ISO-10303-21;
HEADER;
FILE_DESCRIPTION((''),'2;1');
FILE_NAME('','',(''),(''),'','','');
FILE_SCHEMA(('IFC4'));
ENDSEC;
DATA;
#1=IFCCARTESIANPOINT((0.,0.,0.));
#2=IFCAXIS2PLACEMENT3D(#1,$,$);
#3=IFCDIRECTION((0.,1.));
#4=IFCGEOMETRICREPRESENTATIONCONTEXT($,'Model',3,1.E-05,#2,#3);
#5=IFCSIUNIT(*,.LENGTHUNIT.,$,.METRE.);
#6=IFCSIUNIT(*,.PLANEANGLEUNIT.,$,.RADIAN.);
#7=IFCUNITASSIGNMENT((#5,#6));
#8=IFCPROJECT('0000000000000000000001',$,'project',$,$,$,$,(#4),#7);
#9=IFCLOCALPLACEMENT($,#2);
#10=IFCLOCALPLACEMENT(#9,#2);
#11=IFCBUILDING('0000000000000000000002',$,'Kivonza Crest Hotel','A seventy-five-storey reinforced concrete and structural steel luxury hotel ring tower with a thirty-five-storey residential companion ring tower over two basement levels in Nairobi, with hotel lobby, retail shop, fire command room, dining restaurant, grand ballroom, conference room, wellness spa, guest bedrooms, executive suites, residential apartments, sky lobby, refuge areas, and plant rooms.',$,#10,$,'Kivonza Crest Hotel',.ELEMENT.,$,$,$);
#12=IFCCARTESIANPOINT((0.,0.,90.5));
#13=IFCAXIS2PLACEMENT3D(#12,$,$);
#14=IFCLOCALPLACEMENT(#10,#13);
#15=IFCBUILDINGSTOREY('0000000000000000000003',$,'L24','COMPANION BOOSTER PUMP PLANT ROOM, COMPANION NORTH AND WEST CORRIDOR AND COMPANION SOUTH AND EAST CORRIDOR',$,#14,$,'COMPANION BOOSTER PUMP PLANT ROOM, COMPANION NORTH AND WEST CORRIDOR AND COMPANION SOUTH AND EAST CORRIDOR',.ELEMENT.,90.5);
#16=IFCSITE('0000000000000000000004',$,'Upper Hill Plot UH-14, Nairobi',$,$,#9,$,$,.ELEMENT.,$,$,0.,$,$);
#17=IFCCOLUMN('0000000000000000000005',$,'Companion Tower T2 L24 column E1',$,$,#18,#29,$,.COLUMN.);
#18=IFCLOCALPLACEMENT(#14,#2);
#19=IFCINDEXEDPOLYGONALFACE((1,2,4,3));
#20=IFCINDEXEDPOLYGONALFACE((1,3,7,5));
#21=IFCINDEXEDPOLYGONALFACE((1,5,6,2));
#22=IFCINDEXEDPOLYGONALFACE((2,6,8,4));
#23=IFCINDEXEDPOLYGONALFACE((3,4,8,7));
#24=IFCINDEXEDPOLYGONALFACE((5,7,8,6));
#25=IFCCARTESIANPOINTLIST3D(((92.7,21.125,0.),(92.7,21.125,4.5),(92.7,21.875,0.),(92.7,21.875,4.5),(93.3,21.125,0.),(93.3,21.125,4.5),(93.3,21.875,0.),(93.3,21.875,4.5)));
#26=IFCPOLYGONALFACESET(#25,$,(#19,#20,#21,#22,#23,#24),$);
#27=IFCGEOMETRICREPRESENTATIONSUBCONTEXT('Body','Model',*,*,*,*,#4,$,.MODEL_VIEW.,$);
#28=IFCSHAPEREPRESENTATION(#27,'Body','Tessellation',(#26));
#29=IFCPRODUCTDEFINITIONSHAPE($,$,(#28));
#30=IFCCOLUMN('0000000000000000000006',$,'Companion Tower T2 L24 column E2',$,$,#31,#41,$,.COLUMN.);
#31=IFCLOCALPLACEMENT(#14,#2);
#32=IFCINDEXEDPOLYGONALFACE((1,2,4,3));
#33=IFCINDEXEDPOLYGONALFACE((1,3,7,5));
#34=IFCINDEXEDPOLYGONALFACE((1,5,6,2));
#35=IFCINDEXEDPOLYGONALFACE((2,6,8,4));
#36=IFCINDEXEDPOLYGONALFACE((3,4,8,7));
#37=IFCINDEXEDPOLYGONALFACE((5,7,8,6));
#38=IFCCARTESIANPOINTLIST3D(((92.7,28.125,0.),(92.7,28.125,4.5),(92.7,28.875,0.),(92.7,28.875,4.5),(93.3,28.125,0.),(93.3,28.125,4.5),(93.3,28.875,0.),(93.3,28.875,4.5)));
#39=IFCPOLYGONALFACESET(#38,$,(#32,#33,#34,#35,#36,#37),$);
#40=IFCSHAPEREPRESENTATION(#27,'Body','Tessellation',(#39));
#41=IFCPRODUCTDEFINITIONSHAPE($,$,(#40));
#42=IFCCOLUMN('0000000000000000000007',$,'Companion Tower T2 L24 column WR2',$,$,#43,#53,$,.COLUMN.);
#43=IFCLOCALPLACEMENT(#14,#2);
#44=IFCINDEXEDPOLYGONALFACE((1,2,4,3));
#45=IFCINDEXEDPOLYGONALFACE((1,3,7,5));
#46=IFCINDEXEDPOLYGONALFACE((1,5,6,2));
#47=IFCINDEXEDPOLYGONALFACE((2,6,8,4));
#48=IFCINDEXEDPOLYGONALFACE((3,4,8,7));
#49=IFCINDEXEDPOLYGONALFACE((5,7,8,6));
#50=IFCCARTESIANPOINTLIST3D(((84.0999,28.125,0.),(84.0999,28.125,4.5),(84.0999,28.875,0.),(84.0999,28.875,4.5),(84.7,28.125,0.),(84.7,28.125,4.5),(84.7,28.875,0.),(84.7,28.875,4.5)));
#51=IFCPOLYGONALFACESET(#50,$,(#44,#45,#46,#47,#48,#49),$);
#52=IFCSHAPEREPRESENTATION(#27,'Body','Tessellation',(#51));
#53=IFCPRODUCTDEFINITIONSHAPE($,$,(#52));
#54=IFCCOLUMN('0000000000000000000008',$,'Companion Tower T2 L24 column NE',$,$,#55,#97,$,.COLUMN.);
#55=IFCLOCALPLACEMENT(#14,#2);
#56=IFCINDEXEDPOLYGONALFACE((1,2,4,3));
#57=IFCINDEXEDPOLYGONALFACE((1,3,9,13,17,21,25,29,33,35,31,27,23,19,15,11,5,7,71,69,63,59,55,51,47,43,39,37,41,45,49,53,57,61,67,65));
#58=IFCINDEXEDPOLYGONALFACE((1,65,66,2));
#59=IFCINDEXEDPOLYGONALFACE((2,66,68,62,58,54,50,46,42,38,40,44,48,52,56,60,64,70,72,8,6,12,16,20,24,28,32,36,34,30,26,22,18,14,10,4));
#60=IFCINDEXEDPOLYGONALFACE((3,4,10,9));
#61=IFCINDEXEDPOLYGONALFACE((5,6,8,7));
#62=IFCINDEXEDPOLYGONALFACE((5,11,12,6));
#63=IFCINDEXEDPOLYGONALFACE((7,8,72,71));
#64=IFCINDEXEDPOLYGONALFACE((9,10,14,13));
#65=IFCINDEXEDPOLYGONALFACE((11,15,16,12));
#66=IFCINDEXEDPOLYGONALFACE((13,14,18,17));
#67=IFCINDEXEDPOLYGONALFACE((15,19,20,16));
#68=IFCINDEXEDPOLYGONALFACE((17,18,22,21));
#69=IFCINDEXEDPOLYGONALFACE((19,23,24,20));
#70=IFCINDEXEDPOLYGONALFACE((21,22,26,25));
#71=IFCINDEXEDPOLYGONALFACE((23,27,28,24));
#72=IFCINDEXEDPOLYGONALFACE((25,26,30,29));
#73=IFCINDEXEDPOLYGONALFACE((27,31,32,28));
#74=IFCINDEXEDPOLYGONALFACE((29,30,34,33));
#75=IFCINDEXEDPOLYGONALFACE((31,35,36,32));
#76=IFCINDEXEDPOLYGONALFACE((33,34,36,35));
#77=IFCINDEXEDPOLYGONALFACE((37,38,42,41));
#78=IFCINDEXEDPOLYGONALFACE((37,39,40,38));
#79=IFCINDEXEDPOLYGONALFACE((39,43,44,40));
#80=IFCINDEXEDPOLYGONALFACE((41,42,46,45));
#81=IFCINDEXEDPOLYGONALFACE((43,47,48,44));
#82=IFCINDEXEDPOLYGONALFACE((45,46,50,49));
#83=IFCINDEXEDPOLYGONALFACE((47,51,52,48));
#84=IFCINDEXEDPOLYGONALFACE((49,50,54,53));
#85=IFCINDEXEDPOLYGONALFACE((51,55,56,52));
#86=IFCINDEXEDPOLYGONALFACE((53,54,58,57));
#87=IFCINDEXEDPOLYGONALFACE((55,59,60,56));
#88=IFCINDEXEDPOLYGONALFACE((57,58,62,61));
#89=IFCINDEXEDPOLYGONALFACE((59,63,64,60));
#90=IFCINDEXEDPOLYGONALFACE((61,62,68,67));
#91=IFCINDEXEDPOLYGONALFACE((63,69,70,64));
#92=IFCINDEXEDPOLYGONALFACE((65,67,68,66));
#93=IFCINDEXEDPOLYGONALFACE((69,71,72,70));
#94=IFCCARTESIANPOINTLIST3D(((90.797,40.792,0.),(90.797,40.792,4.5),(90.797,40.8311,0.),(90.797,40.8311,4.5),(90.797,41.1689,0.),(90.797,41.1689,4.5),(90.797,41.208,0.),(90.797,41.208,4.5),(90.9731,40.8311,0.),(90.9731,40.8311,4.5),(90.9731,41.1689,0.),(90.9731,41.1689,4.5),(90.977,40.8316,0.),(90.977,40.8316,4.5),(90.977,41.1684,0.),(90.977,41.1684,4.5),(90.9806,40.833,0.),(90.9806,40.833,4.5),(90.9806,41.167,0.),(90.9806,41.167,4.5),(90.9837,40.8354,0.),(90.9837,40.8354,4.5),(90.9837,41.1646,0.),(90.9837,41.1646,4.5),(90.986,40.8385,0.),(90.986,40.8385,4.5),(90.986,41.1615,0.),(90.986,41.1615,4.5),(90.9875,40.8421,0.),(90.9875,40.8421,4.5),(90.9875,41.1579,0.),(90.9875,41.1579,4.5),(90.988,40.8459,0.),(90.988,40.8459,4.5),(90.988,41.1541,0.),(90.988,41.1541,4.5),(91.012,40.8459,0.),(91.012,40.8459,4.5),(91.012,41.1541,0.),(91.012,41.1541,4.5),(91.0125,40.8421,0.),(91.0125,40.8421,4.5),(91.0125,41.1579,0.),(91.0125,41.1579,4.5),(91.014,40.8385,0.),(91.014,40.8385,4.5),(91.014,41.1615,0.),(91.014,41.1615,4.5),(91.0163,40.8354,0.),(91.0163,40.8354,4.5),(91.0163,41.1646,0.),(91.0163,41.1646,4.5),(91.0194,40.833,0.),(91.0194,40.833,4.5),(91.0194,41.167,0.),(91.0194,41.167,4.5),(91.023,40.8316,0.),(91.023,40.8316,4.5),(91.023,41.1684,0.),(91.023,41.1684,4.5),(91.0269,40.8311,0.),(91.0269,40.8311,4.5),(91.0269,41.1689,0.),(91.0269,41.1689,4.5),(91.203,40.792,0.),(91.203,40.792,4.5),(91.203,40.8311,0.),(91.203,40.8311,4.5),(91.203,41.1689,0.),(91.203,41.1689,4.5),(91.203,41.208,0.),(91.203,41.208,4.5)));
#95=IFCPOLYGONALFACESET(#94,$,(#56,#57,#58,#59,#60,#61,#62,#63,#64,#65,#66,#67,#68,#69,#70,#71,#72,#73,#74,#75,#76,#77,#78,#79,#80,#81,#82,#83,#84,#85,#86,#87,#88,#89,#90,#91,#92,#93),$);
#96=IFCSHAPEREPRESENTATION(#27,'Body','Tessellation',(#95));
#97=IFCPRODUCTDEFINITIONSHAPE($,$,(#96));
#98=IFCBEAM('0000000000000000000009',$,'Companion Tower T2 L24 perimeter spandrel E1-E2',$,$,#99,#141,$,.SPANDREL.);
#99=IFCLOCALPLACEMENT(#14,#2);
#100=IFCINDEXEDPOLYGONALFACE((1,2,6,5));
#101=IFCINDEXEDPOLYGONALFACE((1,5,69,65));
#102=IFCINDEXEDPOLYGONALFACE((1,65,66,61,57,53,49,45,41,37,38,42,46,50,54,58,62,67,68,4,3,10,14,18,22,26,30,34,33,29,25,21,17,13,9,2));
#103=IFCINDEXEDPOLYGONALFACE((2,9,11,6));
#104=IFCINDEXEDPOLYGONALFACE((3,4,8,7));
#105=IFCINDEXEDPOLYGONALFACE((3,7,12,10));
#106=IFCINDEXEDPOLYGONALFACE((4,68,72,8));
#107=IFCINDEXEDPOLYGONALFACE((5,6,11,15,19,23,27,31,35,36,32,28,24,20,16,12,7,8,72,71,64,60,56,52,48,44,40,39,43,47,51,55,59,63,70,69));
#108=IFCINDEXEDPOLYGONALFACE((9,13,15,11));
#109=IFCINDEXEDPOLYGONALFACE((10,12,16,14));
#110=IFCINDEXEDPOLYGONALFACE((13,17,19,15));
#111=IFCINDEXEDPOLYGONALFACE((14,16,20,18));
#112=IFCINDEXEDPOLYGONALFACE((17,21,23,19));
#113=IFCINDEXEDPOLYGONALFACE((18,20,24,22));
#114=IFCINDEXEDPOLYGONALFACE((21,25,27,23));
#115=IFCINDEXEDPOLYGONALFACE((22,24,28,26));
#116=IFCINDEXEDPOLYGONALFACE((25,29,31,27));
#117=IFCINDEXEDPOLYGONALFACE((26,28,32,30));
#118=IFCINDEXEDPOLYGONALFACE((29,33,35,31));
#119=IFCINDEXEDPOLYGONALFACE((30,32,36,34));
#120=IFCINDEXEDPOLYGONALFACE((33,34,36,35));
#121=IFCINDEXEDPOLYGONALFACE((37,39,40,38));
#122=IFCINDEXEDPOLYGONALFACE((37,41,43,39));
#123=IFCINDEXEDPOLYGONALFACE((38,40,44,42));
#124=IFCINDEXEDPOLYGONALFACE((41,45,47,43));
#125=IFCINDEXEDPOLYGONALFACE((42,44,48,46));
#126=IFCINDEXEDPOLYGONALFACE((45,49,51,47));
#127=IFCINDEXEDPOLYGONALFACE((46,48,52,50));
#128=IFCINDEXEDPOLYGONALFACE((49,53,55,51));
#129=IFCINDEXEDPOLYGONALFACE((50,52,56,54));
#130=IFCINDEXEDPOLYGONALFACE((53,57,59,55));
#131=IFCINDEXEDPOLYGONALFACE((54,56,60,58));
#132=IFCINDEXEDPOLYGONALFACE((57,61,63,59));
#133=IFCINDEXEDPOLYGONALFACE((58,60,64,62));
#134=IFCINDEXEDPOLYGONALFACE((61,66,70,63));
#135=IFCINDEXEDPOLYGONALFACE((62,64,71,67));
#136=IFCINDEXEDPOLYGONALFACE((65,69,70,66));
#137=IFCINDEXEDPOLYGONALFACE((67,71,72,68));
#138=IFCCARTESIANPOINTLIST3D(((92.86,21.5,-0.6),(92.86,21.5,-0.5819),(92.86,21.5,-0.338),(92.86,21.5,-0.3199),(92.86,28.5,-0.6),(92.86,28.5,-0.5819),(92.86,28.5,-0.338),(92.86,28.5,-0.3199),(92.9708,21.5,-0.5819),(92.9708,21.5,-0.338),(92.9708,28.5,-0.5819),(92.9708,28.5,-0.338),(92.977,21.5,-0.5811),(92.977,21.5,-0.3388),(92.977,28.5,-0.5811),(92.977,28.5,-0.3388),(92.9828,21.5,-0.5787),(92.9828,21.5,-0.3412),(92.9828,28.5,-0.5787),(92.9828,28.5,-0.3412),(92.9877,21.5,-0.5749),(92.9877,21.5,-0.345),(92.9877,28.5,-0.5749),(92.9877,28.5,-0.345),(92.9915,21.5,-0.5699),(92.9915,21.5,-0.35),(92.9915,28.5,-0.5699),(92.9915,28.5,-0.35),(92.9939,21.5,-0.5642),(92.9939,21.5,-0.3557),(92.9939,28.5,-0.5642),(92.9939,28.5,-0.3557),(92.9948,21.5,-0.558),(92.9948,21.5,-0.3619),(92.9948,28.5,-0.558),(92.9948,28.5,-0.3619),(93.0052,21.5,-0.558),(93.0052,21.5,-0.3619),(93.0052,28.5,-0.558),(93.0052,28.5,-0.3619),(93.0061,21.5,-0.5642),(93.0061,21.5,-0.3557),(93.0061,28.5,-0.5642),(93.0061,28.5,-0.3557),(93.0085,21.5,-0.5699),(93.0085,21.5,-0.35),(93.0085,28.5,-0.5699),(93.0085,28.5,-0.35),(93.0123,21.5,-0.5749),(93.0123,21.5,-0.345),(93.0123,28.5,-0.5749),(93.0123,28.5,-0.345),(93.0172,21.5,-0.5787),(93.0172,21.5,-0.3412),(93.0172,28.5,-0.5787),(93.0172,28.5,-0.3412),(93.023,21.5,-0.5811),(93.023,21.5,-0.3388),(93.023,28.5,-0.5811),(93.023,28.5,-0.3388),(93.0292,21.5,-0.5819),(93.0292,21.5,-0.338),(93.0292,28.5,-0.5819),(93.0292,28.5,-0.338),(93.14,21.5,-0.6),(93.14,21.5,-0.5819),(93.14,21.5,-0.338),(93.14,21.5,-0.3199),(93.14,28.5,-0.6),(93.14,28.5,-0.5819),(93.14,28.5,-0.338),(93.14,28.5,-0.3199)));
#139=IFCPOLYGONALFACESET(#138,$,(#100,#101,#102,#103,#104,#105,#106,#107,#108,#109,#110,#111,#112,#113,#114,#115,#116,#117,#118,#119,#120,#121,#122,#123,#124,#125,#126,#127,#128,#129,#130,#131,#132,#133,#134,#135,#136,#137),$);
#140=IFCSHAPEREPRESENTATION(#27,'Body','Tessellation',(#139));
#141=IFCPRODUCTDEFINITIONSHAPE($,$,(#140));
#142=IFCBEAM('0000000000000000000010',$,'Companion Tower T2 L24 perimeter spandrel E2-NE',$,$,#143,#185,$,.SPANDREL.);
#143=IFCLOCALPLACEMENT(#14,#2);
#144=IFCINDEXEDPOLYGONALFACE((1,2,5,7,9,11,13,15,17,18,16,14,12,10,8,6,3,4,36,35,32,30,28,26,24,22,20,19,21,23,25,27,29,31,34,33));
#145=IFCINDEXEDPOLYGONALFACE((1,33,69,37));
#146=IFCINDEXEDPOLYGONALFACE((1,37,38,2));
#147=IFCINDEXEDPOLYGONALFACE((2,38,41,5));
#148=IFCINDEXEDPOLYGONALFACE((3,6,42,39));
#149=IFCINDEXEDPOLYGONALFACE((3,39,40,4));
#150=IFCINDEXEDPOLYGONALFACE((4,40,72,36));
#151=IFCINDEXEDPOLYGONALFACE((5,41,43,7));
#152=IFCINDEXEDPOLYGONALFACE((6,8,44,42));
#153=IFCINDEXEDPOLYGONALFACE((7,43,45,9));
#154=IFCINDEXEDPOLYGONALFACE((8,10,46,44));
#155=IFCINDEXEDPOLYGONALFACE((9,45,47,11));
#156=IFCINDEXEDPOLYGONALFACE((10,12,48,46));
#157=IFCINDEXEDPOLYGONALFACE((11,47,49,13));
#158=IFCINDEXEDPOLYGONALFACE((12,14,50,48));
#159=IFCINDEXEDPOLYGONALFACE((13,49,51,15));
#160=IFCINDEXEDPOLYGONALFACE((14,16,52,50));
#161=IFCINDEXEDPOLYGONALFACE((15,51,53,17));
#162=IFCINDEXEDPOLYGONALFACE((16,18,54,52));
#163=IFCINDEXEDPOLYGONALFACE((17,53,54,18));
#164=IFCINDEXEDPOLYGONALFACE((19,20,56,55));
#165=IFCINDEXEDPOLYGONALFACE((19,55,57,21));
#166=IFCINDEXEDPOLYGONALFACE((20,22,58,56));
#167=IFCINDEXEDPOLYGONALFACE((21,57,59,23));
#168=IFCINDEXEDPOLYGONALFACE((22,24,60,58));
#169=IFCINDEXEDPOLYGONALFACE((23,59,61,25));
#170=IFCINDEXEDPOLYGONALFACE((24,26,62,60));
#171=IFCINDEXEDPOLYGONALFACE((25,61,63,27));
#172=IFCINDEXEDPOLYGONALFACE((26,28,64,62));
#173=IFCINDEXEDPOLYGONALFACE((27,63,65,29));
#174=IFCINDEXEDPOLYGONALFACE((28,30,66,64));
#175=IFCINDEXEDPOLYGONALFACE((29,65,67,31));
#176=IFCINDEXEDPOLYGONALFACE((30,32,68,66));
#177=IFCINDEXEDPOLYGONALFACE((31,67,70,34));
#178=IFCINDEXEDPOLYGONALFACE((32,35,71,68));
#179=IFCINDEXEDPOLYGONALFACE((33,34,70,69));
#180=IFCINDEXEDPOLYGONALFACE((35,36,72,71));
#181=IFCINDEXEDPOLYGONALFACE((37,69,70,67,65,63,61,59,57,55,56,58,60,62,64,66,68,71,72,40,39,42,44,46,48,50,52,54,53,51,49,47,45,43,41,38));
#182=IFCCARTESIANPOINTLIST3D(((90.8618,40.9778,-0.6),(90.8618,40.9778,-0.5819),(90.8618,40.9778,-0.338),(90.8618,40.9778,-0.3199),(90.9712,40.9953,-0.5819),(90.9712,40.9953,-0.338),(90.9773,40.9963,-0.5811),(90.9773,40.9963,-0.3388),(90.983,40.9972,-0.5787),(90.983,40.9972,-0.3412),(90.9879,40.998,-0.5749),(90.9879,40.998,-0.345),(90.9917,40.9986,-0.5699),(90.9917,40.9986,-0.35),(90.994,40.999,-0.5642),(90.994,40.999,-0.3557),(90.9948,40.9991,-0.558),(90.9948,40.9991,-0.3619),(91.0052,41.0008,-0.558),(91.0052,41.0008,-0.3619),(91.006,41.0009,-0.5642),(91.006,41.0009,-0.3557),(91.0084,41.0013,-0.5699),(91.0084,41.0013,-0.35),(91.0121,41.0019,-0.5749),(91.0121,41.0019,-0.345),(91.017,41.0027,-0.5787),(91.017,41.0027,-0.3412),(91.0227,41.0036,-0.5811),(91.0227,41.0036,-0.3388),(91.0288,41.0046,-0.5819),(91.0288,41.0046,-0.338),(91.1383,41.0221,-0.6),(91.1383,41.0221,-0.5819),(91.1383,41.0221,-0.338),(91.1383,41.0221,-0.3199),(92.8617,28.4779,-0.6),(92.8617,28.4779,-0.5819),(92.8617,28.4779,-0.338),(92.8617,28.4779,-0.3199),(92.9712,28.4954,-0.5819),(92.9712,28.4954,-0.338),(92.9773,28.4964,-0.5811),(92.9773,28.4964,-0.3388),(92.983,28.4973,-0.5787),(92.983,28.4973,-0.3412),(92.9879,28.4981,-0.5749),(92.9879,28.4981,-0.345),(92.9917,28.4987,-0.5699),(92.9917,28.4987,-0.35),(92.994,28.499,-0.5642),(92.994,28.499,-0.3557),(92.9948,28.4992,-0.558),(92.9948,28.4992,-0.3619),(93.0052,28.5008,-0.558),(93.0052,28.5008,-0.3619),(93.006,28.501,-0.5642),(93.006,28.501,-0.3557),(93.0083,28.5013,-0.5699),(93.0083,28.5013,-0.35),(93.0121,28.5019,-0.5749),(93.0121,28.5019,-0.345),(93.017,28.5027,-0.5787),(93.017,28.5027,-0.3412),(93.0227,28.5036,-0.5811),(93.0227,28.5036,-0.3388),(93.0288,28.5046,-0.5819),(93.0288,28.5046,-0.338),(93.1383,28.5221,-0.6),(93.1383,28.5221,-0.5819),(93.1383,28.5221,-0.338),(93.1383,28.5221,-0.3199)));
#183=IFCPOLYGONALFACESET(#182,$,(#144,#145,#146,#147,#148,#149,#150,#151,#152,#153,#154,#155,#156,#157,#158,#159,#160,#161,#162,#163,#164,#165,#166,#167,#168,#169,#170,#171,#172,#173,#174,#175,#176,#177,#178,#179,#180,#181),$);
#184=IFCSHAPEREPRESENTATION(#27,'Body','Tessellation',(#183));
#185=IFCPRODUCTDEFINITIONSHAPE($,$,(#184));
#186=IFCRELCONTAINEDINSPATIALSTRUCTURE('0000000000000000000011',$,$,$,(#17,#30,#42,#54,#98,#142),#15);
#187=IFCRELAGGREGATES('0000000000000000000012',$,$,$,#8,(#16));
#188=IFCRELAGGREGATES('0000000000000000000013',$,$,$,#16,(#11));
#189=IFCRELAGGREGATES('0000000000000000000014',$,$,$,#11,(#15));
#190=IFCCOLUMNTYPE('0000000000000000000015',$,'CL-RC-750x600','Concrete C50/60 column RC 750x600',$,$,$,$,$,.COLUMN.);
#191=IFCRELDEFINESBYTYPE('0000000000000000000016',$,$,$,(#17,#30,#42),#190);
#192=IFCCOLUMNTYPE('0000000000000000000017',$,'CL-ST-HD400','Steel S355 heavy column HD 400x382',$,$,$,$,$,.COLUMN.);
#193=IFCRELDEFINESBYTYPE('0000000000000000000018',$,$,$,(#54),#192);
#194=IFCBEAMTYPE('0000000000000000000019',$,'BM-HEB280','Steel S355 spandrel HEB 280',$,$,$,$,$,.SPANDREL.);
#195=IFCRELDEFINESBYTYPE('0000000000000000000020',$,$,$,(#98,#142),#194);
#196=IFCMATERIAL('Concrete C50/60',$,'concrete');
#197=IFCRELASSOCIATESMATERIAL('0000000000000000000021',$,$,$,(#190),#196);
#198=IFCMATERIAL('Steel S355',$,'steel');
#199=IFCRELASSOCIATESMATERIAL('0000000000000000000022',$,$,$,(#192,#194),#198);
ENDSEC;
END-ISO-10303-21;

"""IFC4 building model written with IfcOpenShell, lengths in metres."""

from ifc_helpers import new_model, si_unit, direction, frame, origin, origin_2d, place, context, subcontext, project, spatial, rectangle, i_section, extrude, material, material_profile, profile_set, type_object, element, save


model = new_model("IFC4")

# Units and contexts
model_context = context("Model", 3, precision=1e-05, world=origin(), true_north=direction((0.0, 1.0)))
body_context = subcontext(model_context, "Body", "Model", "MODEL_VIEW")
ifc_project = project(units=[si_unit("LENGTHUNIT", "METRE"), si_unit("PLANEANGLEUNIT", "RADIAN")], contexts=[model_context])

# Site, building, storey
site_placement = place(None, origin())
site = spatial("IfcSite", under=ifc_project, at=site_placement, Name="Upper Hill Plot UH-14, Nairobi", CompositionType="ELEMENT", RefElevation=0.0)
building_placement = place(site_placement, origin())
building = spatial("IfcBuilding", under=site, at=building_placement, Name="Kivonza Crest Hotel", Description="A seventy-five-storey reinforced concrete and structural steel luxury hotel ring tower with a thirty-five-storey residential companion ring tower over two basement levels in Nairobi, with hotel lobby, retail shop, fire command room, dining restaurant, grand ballroom, conference room, wellness spa, guest bedrooms, executive suites, residential apartments, sky lobby, refuge areas, and plant rooms.", LongName="Kivonza Crest Hotel", CompositionType="ELEMENT")
storey_placement = place(building_placement, frame((0.0, 0.0, 90.5)))
storey = spatial("IfcBuildingStorey", under=building, at=storey_placement, Name="L24", Description="COMPANION BOOSTER PUMP PLANT ROOM, COMPANION NORTH AND WEST CORRIDOR AND COMPANION SOUTH AND EAST CORRIDOR", LongName="COMPANION BOOSTER PUMP PLANT ROOM, COMPANION NORTH AND WEST CORRIDOR AND COMPANION SOUTH AND EAST CORRIDOR", CompositionType="ELEMENT", Elevation=90.5)

# Columns
ifc_material_1 = material(Name="Concrete C50/60", Category="concrete")
ifc_material_profile_1 = material_profile(ifc_material_1, rectangle(XDim=0.6001, YDim=0.75, at=origin_2d()), Name="RC 750x600")
ifc_profile_set_1 = profile_set([ifc_material_profile_1], Name="Concrete C50/60")
column_type_1 = type_object("IfcColumnType", Name="CL-RC-750x600", Description="Concrete C50/60 column RC 750x600", PredefinedType="COLUMN", material=ifc_profile_set_1)
for number, where, z_axis, x_axis, name in (
    (1, (93.0, 21.5, 0.0), (0.0, 0.0, 1.0), (1.0, 0.0, 0.0), "Companion Tower T2 L24 column E1"),
    (2, (93.0, 28.5, 0.0), (0.0, 0.0, 1.0), (1.0, 0.0, 0.0), "Companion Tower T2 L24 column E2"),
    (3, (84.3999, 28.5, 0.0), (0.0, 0.0, 1.0), (1.0, 0.0, 0.0), "Companion Tower T2 L24 column WR2"),
):
    element("IfcColumn", number, at=place(storey_placement, frame(where, z_axis=z_axis, x_axis=x_axis)), inside=storey, type_object=column_type_1, Name=name, PredefinedType="COLUMN", context=body_context, shape_type="SweptSolid", body=[
        extrude(rectangle(XDim=0.6001, YDim=0.75, at=origin_2d()), origin(), (0.0, 0.0, 1.0), 4.5),
    ])
ifc_material_2 = material(Name="Steel S355", Category="steel")
ifc_material_profile_2 = material_profile(ifc_material_2, i_section(OverallWidth=0.406, OverallDepth=0.416, WebThickness=0.0239, FlangeThickness=0.0391, FilletRadius=0.0149, at=origin_2d()), Name="HD 400x382")
ifc_profile_set_2 = profile_set([ifc_material_profile_2], Name="Steel S355")
column_type_2 = type_object("IfcColumnType", Name="CL-ST-HD400", Description="Steel S355 heavy column HD 400x382", PredefinedType="COLUMN", material=ifc_profile_set_2)
column_placement = place(storey_placement, frame((91.0, 41.0, 0.0), z_axis=(0.0, 0.0, 1.0), x_axis=(1.0, 0.0, 0.0)))
element("IfcColumn", 4, at=column_placement, inside=storey, type_object=column_type_2, Name="Companion Tower T2 L24 column NE", PredefinedType="COLUMN", context=body_context, shape_type="SweptSolid", body=[
    extrude(i_section(OverallWidth=0.406, OverallDepth=0.416, WebThickness=0.0239, FlangeThickness=0.0391, FilletRadius=0.0149, at=origin_2d()), origin(), (0.0, 0.0, 1.0), 4.5),
])

# Beams
ifc_material_profile_3 = material_profile(ifc_material_2, i_section(OverallWidth=0.28, OverallDepth=0.28, WebThickness=0.0105, FlangeThickness=0.0181, FilletRadius=0.0239, at=origin_2d()), Name="HEB 280")
ifc_profile_set_3 = profile_set([ifc_material_profile_3], Name="Steel S355")
beam_type_1 = type_object("IfcBeamType", Name="BM-HEB280", Description="Steel S355 spandrel HEB 280", PredefinedType="SPANDREL", material=ifc_profile_set_3)
beam_1_placement = place(storey_placement, frame((93.0, 21.5, -0.46), z_axis=(0.0, 1.0, 0.0), x_axis=(-1.0, 0.0, 0.0)))
element("IfcBeam", 5, at=beam_1_placement, inside=storey, type_object=beam_type_1, Name="Companion Tower T2 L24 perimeter spandrel E1-E2", PredefinedType="SPANDREL", context=body_context, shape_type="SweptSolid", body=[
    extrude(i_section(OverallWidth=0.28, OverallDepth=0.28, WebThickness=0.0105, FlangeThickness=0.0181, FilletRadius=0.0239, at=origin_2d()), origin(), (0.0, 0.0, 1.0), 7.0),
])
beam_2_placement = place(storey_placement, frame((93.0, 28.5, -0.46), z_axis=(-0.157991, 0.987441, 0.0), x_axis=(-0.987441, -0.157991, 0.0)))
element("IfcBeam", 6, at=beam_2_placement, inside=storey, type_object=beam_type_1, Name="Companion Tower T2 L24 perimeter spandrel E2-NE", PredefinedType="SPANDREL", context=body_context, shape_type="SweptSolid", body=[
    extrude(i_section(OverallWidth=0.28, OverallDepth=0.28, WebThickness=0.0105, FlangeThickness=0.0181, FilletRadius=0.0239, at=origin_2d()), origin(), (0.0, 0.0, 1.0), 12.6589),
])

save(model, "model.ifc")
